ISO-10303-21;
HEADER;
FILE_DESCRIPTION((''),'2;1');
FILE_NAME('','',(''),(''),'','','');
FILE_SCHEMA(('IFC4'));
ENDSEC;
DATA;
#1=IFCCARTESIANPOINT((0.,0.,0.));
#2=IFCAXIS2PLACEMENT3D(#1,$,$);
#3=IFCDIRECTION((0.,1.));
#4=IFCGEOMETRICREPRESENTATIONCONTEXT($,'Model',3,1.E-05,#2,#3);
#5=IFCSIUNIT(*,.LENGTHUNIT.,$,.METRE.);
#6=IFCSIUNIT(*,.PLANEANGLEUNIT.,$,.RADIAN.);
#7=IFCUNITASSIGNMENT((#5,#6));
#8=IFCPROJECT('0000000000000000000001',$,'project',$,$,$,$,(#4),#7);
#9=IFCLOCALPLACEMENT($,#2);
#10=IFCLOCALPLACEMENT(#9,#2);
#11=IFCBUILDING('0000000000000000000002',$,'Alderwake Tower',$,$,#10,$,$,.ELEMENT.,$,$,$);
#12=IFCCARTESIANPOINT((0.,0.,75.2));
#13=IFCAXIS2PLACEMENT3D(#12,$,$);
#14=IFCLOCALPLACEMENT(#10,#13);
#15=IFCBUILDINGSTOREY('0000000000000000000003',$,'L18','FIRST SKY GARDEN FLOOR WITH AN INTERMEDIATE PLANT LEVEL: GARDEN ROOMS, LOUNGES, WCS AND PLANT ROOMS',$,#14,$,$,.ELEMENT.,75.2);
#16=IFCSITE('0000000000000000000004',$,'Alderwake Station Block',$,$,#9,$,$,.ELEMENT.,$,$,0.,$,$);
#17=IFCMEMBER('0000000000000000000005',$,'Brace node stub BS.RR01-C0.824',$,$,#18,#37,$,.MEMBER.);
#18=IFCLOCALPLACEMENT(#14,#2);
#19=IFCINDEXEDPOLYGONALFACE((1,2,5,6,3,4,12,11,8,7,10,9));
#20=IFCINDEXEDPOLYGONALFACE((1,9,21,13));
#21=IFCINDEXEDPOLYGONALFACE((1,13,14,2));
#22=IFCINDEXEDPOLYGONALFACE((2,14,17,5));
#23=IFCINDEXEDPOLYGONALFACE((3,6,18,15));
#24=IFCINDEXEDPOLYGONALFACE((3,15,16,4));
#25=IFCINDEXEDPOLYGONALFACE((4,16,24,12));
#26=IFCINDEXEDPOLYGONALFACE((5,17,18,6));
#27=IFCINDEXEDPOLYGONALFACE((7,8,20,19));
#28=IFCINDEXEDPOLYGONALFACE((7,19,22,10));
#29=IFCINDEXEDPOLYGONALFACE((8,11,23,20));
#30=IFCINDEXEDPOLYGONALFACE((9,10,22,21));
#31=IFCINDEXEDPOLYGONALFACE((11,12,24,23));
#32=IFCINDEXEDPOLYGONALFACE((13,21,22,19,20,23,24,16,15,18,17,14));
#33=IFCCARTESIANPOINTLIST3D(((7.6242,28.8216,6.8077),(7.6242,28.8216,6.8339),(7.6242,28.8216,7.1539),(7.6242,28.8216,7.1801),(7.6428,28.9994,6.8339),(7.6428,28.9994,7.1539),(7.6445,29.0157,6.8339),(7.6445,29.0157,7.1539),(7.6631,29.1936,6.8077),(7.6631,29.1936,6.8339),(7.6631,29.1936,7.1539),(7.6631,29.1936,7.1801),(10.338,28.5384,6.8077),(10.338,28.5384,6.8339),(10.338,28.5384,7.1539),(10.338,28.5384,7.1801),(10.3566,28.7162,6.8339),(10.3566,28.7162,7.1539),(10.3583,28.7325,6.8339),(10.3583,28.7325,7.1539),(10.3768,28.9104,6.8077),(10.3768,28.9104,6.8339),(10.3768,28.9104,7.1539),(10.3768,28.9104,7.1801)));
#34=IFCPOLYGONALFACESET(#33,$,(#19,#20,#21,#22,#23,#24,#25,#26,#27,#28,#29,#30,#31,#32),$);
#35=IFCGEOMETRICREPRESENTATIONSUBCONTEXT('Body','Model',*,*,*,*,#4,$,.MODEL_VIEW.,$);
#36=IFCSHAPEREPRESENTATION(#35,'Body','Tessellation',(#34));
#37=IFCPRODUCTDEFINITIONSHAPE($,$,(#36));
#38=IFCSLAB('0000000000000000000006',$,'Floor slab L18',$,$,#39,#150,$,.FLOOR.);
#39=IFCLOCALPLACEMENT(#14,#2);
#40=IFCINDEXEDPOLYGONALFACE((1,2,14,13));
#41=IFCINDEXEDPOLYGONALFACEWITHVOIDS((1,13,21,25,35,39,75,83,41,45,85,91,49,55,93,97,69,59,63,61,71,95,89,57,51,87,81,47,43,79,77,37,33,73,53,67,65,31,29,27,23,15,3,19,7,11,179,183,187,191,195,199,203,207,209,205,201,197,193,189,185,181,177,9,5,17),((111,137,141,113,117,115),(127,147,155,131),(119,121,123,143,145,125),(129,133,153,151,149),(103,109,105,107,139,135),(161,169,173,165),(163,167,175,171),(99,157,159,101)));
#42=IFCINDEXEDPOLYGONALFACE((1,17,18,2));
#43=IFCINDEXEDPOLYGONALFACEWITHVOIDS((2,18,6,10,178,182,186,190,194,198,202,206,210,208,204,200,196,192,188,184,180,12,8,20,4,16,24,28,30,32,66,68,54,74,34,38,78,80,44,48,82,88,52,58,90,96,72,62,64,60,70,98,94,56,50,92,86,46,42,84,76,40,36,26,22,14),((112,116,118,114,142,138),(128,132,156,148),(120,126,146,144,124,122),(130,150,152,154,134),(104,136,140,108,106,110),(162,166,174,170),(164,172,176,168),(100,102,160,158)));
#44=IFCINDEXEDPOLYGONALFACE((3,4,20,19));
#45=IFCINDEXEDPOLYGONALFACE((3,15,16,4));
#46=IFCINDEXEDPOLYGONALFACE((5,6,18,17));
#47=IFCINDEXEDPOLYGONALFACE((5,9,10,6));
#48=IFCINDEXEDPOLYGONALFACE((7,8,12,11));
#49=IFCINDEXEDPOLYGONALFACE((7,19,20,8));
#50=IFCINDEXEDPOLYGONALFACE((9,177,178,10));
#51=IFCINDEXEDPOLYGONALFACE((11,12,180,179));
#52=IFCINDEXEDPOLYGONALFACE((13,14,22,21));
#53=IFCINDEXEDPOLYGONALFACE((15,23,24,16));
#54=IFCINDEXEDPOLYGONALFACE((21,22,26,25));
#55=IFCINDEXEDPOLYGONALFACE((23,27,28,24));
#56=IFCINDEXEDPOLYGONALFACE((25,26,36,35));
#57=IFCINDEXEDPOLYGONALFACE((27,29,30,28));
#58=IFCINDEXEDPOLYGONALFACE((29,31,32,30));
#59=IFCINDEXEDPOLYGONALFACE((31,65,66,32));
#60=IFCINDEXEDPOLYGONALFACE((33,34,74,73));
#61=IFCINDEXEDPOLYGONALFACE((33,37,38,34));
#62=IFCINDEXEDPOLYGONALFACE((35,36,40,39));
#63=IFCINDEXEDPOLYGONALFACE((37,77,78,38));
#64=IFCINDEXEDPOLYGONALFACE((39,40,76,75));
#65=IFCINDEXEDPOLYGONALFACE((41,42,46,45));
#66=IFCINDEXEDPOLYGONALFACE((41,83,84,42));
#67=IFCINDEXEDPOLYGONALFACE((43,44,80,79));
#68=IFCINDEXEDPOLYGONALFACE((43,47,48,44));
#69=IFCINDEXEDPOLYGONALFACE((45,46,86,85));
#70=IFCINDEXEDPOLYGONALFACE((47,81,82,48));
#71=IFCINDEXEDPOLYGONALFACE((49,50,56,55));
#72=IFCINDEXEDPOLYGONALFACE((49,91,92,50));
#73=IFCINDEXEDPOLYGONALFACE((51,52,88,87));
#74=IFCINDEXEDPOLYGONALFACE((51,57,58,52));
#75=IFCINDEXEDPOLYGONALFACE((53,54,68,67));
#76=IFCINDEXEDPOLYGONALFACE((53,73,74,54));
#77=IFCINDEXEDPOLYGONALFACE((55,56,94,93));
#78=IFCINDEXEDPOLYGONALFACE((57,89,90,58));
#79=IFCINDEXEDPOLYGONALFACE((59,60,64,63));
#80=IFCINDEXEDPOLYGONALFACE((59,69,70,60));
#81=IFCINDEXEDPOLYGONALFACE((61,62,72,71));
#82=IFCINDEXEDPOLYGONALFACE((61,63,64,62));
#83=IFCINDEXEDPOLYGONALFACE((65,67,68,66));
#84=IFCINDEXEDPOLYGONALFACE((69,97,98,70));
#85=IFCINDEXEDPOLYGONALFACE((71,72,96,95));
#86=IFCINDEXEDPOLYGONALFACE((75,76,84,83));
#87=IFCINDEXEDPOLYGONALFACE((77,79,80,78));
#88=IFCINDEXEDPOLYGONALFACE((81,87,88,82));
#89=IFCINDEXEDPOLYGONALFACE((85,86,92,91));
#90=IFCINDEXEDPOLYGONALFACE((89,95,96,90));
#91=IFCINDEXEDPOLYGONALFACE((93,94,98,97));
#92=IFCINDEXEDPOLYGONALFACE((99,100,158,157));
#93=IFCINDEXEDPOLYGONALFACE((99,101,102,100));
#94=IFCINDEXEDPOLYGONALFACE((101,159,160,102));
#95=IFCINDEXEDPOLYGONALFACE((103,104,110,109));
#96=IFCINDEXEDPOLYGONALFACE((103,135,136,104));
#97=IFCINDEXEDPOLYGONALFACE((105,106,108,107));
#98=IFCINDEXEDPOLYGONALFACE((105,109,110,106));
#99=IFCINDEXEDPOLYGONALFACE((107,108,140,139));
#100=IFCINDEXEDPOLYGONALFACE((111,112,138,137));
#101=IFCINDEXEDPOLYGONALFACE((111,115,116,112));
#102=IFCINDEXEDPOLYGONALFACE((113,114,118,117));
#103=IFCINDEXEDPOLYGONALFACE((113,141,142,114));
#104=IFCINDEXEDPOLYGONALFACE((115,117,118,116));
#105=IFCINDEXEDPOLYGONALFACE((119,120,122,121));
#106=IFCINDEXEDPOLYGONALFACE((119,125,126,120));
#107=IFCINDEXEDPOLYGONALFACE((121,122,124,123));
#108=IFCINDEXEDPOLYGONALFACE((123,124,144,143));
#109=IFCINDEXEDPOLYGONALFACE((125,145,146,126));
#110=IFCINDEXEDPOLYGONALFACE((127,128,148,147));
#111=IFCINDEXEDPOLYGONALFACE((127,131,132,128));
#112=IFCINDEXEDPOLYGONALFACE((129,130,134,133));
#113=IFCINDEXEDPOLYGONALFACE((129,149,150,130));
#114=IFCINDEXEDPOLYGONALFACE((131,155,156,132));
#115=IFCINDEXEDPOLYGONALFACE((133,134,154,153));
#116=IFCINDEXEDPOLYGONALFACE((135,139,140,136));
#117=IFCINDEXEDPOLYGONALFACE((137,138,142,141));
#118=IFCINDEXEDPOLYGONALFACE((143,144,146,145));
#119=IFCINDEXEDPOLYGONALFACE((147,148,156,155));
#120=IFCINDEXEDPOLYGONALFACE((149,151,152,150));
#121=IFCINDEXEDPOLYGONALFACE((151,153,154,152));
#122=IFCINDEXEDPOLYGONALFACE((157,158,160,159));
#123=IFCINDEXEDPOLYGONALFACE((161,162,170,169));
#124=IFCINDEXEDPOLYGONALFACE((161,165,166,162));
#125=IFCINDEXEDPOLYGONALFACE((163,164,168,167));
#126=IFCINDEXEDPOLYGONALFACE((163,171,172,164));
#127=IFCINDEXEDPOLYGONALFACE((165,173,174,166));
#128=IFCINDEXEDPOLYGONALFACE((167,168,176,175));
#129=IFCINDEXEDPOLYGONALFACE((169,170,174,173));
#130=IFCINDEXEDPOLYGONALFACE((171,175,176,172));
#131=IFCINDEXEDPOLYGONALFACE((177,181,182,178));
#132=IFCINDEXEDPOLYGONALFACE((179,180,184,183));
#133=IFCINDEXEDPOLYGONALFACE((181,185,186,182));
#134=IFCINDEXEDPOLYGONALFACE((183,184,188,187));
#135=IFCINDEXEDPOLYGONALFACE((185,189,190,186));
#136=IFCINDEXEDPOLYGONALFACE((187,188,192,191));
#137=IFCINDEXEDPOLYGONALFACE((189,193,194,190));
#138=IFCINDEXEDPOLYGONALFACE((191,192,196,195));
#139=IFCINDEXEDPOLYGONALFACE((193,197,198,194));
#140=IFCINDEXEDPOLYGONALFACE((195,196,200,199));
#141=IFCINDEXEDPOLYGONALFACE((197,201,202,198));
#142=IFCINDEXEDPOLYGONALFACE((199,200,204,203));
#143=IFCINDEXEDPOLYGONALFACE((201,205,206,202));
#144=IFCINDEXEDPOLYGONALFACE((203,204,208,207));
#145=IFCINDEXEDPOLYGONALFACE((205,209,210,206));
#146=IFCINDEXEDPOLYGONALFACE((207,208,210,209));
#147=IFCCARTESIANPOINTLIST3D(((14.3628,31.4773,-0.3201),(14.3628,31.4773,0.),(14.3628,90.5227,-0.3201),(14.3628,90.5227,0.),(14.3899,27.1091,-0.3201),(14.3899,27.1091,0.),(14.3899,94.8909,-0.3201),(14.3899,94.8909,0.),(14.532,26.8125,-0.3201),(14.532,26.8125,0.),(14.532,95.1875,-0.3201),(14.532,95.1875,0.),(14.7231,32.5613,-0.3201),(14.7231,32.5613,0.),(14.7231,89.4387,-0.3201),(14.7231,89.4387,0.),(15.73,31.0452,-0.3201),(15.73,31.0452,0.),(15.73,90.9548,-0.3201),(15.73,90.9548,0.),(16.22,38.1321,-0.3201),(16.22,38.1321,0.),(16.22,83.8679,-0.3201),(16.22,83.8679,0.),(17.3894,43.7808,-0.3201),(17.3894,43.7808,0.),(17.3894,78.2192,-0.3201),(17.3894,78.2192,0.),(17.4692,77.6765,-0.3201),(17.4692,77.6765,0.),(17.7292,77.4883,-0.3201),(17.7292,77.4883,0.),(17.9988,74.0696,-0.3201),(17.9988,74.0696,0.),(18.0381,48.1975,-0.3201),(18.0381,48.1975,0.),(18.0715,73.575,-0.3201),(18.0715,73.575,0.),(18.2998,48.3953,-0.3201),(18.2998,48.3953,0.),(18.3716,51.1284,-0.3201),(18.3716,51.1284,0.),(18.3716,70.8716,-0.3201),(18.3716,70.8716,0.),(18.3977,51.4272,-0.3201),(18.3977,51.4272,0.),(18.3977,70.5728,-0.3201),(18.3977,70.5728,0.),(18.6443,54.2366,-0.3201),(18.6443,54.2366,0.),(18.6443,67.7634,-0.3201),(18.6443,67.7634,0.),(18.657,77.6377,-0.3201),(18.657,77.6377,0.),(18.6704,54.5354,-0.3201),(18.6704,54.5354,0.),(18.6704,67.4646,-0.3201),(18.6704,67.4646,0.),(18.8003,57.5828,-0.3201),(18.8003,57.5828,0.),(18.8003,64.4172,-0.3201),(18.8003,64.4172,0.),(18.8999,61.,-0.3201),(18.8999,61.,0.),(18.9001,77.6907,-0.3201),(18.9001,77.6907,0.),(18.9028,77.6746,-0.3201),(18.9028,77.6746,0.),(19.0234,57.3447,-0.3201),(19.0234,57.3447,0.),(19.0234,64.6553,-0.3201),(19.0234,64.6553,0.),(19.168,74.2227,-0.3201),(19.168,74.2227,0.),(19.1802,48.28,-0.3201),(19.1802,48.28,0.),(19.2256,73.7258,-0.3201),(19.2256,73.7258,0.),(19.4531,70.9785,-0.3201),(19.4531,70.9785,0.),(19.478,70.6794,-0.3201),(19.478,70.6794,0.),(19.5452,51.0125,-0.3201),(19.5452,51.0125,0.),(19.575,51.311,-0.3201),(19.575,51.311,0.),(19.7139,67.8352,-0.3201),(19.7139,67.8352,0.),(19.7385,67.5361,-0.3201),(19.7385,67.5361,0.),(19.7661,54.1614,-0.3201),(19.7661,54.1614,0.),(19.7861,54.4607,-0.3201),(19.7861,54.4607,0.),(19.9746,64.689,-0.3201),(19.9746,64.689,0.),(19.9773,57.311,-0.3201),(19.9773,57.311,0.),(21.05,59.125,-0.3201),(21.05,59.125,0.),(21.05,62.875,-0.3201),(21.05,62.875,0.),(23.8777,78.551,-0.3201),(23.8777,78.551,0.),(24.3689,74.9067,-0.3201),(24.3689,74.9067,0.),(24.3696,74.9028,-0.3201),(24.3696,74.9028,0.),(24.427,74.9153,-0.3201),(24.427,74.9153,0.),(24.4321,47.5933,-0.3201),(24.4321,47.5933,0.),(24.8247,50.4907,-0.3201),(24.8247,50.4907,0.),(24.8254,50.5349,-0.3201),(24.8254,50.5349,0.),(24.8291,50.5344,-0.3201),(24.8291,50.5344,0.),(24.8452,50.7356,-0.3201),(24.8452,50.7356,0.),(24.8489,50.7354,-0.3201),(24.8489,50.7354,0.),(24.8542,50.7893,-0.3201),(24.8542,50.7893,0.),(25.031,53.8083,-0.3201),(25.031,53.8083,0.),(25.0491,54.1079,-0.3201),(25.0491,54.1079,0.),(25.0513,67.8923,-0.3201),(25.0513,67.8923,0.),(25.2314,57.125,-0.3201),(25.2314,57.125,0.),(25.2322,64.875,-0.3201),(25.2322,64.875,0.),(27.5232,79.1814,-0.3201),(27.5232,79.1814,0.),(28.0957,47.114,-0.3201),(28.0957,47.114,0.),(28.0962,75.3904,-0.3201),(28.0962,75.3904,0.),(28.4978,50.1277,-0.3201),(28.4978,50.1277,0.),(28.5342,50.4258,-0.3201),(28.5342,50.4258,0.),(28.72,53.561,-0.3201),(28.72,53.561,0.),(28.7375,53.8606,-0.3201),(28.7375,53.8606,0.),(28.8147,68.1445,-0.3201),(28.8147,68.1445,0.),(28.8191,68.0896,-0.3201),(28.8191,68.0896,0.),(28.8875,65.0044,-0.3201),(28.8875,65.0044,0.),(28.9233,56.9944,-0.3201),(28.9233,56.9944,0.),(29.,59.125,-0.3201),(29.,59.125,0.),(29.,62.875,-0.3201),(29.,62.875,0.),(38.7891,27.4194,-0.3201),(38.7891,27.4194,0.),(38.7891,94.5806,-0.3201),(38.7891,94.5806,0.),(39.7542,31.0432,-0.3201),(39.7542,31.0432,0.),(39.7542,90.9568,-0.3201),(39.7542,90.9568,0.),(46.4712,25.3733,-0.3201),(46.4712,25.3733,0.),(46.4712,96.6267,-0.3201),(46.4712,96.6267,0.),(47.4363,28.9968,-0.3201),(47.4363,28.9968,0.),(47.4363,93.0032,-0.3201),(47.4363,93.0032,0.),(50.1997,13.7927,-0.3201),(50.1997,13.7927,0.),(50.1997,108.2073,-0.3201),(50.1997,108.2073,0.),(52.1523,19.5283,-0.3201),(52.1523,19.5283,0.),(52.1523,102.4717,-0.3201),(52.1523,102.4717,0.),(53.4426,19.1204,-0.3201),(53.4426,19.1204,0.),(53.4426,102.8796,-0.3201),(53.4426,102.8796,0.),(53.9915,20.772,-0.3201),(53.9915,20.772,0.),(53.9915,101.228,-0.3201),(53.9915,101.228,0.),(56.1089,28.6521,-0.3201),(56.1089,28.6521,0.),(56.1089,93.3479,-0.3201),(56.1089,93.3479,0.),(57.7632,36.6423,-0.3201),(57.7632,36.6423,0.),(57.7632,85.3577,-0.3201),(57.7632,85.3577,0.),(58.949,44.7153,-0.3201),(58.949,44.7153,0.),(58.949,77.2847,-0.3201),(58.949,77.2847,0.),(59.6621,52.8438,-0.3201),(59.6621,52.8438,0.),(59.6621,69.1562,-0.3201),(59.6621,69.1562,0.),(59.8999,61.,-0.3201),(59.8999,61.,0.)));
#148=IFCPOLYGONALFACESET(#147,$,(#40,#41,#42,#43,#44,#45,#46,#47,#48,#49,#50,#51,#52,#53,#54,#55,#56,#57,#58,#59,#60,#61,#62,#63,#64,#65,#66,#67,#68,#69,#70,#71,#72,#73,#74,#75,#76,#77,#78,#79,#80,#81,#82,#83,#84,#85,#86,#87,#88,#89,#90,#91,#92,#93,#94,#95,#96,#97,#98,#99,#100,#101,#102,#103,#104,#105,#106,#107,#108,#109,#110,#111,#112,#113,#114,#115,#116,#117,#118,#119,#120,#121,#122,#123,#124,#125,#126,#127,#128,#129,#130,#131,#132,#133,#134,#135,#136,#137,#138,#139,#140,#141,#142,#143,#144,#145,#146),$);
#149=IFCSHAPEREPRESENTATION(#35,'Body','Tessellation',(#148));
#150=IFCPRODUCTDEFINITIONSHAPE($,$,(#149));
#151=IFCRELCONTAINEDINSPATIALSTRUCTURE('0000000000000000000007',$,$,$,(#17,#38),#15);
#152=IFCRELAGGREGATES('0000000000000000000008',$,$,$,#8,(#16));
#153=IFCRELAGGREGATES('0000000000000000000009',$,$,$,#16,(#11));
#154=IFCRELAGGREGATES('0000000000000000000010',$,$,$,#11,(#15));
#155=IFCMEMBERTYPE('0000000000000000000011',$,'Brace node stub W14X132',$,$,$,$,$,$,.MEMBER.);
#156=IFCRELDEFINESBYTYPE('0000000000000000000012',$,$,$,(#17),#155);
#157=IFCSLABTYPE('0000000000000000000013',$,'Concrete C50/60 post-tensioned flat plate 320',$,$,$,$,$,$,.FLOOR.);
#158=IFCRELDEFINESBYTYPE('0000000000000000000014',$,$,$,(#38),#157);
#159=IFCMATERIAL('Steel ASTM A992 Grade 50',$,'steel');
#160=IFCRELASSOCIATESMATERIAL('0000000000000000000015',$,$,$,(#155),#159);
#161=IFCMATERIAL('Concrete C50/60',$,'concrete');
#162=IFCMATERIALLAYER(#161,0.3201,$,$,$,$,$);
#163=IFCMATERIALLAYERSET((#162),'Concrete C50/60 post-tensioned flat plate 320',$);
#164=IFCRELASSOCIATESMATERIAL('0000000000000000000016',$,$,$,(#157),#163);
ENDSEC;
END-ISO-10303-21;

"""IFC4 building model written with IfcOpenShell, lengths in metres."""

from ifc_helpers import new_model, si_unit, direction, frame, origin, origin_2d, place, context, subcontext, project, spatial, polyline, i_section, outline, extrude, material, layer, layer_set, material_profile, profile_set, type_object, element, save


model = new_model("IFC4")

# Units and contexts
model_context = context("Model", 3, precision=1e-05, world=origin(), true_north=direction((0.0, 1.0)))
body_context = subcontext(model_context, "Body", "Model", "MODEL_VIEW")
ifc_project = project(units=[si_unit("LENGTHUNIT", "METRE"), si_unit("PLANEANGLEUNIT", "RADIAN")], contexts=[model_context])

# Site, building, storey
site_placement = place(None, origin())
site = spatial("IfcSite", under=ifc_project, at=site_placement, Name="Alderwake Station Block", CompositionType="ELEMENT", RefElevation=0.0)
building_placement = place(site_placement, origin())
building = spatial("IfcBuilding", under=site, at=building_placement, Name="Alderwake Tower", CompositionType="ELEMENT")
storey_placement = place(building_placement, frame((0.0, 0.0, 75.2)))
storey = spatial("IfcBuildingStorey", under=building, at=storey_placement, Name="L18", Description="FIRST SKY GARDEN FLOOR WITH AN INTERMEDIATE PLANT LEVEL: GARDEN ROOMS, LOUNGES, WCS AND PLANT ROOMS", CompositionType="ELEMENT", Elevation=75.2)

# Member
ifc_material_1 = material(Name="Steel ASTM A992 Grade 50", Category="steel")
ifc_material_profile_1 = material_profile(ifc_material_1, i_section(OverallWidth=0.374, OverallDepth=0.3723, WebThickness=0.0164, FlangeThickness=0.0261, at=origin_2d()), Name="W14X132")
ifc_profile_set_1 = profile_set([ifc_material_profile_1], Name="Steel ASTM A992 Grade 50")
member_type = type_object("IfcMemberType", Name="Brace node stub W14X132", PredefinedType="MEMBER", material=ifc_profile_set_1)
member_placement = place(storey_placement, frame((10.3574, 28.7244, 6.9939), z_axis=(-0.994599, 0.10379, 0.0), x_axis=(-0.10379, -0.994599, 0.0)))
element("IfcMember", 1, at=member_placement, inside=storey, type_object=member_type, Name="Brace node stub BS.RR01-C0.824", PredefinedType="MEMBER", context=body_context, shape_type="SweptSolid", body=[
    extrude(i_section(OverallWidth=0.374, OverallDepth=0.3723, WebThickness=0.0164, FlangeThickness=0.0261, at=origin_2d()), origin(), (0.0, 0.0, 1.0), 2.7285),
])

# Slab
ifc_material_2 = material(Name="Concrete C50/60", Category="concrete")
ifc_layer_1 = layer(ifc_material_2, 0.3201)
ifc_layer_set_1 = layer_set([ifc_layer_1], Name="Concrete C50/60 post-tensioned flat plate 320")
slab_type_1 = type_object("IfcSlabType", Name="Concrete C50/60 post-tensioned flat plate 320", PredefinedType="FLOOR", material=ifc_layer_set_1)
slab_1_placement = place(storey_placement, frame((0.0, 0.0, -0.3201)))
element("IfcSlab", 2, at=slab_1_placement, inside=storey, type_object=slab_type_1, Name="Floor slab L18", PredefinedType="FLOOR", context=body_context, shape_type="SweptSolid", body=[
    extrude(outline(polyline([(18.3716, 51.1284), (18.3977, 51.4272), (19.575, 51.311), (19.7661, 54.1614), (18.6443, 54.2366), (18.6704, 54.5354), (19.7861, 54.4607), (19.9773, 57.311), (19.0234, 57.3447), (18.8003, 57.5828), (18.8999, 61.0), (18.8003, 64.4172), (19.0234, 64.6553), (19.9746, 64.689), (19.7385, 67.5361), (18.6704, 67.4646), (18.6443, 67.7634), (19.7139, 67.8352), (19.478, 70.6794), (18.3977, 70.5728), (18.3716, 70.8716), (19.4531, 70.9785), (19.2256, 73.7258), (18.0715, 73.575), (17.9988, 74.0696), (19.168, 74.2227), (18.657, 77.6377), (18.9028, 77.6746), (18.9001, 77.6907), (17.7292, 77.4883), (17.4692, 77.6765), (17.3894, 78.2192), (16.22, 83.8679), (14.7231, 89.4387), (14.3628, 90.5227), (15.73, 90.9548), (14.3899, 94.8909), (14.532, 95.1875), (50.1997, 108.2073), (52.1523, 102.4717), (53.4426, 102.8796), (53.9915, 101.228), (56.1089, 93.3479), (57.7632, 85.3577), (58.949, 77.2847), (59.6621, 69.1562), (59.8999, 61.0), (59.6621, 52.8438), (58.949, 44.7153), (57.7632, 36.6423), (56.1089, 28.6521), (53.9915, 20.772), (53.4426, 19.1204), (52.1523, 19.5283), (50.1997, 13.7927), (14.532, 26.8125), (14.3899, 27.1091), (15.73, 31.0452), (14.3628, 31.4773), (14.7231, 32.5613), (16.22, 38.1321), (17.3894, 43.7808), (18.0381, 48.1975), (18.2998, 48.3953), (19.1802, 48.28), (19.5452, 51.0125), (18.3716, 51.1284)]), holes=[polyline([(29.0, 62.875), (21.05, 62.875), (21.05, 59.125), (29.0, 59.125), (29.0, 62.875)]), polyline([(47.4363, 28.9968), (39.7542, 31.0432), (38.7891, 27.4194), (46.4712, 25.3733), (47.4363, 28.9968)]), polyline([(24.8247, 50.4907), (24.8291, 50.5344), (24.8254, 50.5349), (24.4321, 47.5933), (28.0957, 47.114), (28.4978, 50.1277), (24.8247, 50.4907)]), polyline([(25.031, 53.8083), (24.8452, 50.7356), (24.8489, 50.7354), (24.8542, 50.7893), (28.5342, 50.4258), (28.72, 53.561), (25.031, 53.8083)]), polyline([(28.9233, 56.9944), (25.2314, 57.125), (25.0491, 54.1079), (28.7375, 53.8606), (28.9233, 56.9944)]), polyline([(28.8191, 68.0896), (28.8147, 68.1445), (25.0513, 67.8923), (25.2322, 64.875), (28.8875, 65.0044), (28.8191, 68.0896)]), polyline([(28.0962, 75.3904), (27.5232, 79.1814), (23.8777, 78.551), (24.427, 74.9153), (24.3689, 74.9067), (24.3696, 74.9028), (28.0962, 75.3904)]), polyline([(46.4712, 96.6267), (38.7891, 94.5806), (39.7542, 90.9568), (47.4363, 93.0032), (46.4712, 96.6267)])]), origin(), (0.0, 0.0, 1.0), 0.3201),
])

save(model, "model.ifc")
